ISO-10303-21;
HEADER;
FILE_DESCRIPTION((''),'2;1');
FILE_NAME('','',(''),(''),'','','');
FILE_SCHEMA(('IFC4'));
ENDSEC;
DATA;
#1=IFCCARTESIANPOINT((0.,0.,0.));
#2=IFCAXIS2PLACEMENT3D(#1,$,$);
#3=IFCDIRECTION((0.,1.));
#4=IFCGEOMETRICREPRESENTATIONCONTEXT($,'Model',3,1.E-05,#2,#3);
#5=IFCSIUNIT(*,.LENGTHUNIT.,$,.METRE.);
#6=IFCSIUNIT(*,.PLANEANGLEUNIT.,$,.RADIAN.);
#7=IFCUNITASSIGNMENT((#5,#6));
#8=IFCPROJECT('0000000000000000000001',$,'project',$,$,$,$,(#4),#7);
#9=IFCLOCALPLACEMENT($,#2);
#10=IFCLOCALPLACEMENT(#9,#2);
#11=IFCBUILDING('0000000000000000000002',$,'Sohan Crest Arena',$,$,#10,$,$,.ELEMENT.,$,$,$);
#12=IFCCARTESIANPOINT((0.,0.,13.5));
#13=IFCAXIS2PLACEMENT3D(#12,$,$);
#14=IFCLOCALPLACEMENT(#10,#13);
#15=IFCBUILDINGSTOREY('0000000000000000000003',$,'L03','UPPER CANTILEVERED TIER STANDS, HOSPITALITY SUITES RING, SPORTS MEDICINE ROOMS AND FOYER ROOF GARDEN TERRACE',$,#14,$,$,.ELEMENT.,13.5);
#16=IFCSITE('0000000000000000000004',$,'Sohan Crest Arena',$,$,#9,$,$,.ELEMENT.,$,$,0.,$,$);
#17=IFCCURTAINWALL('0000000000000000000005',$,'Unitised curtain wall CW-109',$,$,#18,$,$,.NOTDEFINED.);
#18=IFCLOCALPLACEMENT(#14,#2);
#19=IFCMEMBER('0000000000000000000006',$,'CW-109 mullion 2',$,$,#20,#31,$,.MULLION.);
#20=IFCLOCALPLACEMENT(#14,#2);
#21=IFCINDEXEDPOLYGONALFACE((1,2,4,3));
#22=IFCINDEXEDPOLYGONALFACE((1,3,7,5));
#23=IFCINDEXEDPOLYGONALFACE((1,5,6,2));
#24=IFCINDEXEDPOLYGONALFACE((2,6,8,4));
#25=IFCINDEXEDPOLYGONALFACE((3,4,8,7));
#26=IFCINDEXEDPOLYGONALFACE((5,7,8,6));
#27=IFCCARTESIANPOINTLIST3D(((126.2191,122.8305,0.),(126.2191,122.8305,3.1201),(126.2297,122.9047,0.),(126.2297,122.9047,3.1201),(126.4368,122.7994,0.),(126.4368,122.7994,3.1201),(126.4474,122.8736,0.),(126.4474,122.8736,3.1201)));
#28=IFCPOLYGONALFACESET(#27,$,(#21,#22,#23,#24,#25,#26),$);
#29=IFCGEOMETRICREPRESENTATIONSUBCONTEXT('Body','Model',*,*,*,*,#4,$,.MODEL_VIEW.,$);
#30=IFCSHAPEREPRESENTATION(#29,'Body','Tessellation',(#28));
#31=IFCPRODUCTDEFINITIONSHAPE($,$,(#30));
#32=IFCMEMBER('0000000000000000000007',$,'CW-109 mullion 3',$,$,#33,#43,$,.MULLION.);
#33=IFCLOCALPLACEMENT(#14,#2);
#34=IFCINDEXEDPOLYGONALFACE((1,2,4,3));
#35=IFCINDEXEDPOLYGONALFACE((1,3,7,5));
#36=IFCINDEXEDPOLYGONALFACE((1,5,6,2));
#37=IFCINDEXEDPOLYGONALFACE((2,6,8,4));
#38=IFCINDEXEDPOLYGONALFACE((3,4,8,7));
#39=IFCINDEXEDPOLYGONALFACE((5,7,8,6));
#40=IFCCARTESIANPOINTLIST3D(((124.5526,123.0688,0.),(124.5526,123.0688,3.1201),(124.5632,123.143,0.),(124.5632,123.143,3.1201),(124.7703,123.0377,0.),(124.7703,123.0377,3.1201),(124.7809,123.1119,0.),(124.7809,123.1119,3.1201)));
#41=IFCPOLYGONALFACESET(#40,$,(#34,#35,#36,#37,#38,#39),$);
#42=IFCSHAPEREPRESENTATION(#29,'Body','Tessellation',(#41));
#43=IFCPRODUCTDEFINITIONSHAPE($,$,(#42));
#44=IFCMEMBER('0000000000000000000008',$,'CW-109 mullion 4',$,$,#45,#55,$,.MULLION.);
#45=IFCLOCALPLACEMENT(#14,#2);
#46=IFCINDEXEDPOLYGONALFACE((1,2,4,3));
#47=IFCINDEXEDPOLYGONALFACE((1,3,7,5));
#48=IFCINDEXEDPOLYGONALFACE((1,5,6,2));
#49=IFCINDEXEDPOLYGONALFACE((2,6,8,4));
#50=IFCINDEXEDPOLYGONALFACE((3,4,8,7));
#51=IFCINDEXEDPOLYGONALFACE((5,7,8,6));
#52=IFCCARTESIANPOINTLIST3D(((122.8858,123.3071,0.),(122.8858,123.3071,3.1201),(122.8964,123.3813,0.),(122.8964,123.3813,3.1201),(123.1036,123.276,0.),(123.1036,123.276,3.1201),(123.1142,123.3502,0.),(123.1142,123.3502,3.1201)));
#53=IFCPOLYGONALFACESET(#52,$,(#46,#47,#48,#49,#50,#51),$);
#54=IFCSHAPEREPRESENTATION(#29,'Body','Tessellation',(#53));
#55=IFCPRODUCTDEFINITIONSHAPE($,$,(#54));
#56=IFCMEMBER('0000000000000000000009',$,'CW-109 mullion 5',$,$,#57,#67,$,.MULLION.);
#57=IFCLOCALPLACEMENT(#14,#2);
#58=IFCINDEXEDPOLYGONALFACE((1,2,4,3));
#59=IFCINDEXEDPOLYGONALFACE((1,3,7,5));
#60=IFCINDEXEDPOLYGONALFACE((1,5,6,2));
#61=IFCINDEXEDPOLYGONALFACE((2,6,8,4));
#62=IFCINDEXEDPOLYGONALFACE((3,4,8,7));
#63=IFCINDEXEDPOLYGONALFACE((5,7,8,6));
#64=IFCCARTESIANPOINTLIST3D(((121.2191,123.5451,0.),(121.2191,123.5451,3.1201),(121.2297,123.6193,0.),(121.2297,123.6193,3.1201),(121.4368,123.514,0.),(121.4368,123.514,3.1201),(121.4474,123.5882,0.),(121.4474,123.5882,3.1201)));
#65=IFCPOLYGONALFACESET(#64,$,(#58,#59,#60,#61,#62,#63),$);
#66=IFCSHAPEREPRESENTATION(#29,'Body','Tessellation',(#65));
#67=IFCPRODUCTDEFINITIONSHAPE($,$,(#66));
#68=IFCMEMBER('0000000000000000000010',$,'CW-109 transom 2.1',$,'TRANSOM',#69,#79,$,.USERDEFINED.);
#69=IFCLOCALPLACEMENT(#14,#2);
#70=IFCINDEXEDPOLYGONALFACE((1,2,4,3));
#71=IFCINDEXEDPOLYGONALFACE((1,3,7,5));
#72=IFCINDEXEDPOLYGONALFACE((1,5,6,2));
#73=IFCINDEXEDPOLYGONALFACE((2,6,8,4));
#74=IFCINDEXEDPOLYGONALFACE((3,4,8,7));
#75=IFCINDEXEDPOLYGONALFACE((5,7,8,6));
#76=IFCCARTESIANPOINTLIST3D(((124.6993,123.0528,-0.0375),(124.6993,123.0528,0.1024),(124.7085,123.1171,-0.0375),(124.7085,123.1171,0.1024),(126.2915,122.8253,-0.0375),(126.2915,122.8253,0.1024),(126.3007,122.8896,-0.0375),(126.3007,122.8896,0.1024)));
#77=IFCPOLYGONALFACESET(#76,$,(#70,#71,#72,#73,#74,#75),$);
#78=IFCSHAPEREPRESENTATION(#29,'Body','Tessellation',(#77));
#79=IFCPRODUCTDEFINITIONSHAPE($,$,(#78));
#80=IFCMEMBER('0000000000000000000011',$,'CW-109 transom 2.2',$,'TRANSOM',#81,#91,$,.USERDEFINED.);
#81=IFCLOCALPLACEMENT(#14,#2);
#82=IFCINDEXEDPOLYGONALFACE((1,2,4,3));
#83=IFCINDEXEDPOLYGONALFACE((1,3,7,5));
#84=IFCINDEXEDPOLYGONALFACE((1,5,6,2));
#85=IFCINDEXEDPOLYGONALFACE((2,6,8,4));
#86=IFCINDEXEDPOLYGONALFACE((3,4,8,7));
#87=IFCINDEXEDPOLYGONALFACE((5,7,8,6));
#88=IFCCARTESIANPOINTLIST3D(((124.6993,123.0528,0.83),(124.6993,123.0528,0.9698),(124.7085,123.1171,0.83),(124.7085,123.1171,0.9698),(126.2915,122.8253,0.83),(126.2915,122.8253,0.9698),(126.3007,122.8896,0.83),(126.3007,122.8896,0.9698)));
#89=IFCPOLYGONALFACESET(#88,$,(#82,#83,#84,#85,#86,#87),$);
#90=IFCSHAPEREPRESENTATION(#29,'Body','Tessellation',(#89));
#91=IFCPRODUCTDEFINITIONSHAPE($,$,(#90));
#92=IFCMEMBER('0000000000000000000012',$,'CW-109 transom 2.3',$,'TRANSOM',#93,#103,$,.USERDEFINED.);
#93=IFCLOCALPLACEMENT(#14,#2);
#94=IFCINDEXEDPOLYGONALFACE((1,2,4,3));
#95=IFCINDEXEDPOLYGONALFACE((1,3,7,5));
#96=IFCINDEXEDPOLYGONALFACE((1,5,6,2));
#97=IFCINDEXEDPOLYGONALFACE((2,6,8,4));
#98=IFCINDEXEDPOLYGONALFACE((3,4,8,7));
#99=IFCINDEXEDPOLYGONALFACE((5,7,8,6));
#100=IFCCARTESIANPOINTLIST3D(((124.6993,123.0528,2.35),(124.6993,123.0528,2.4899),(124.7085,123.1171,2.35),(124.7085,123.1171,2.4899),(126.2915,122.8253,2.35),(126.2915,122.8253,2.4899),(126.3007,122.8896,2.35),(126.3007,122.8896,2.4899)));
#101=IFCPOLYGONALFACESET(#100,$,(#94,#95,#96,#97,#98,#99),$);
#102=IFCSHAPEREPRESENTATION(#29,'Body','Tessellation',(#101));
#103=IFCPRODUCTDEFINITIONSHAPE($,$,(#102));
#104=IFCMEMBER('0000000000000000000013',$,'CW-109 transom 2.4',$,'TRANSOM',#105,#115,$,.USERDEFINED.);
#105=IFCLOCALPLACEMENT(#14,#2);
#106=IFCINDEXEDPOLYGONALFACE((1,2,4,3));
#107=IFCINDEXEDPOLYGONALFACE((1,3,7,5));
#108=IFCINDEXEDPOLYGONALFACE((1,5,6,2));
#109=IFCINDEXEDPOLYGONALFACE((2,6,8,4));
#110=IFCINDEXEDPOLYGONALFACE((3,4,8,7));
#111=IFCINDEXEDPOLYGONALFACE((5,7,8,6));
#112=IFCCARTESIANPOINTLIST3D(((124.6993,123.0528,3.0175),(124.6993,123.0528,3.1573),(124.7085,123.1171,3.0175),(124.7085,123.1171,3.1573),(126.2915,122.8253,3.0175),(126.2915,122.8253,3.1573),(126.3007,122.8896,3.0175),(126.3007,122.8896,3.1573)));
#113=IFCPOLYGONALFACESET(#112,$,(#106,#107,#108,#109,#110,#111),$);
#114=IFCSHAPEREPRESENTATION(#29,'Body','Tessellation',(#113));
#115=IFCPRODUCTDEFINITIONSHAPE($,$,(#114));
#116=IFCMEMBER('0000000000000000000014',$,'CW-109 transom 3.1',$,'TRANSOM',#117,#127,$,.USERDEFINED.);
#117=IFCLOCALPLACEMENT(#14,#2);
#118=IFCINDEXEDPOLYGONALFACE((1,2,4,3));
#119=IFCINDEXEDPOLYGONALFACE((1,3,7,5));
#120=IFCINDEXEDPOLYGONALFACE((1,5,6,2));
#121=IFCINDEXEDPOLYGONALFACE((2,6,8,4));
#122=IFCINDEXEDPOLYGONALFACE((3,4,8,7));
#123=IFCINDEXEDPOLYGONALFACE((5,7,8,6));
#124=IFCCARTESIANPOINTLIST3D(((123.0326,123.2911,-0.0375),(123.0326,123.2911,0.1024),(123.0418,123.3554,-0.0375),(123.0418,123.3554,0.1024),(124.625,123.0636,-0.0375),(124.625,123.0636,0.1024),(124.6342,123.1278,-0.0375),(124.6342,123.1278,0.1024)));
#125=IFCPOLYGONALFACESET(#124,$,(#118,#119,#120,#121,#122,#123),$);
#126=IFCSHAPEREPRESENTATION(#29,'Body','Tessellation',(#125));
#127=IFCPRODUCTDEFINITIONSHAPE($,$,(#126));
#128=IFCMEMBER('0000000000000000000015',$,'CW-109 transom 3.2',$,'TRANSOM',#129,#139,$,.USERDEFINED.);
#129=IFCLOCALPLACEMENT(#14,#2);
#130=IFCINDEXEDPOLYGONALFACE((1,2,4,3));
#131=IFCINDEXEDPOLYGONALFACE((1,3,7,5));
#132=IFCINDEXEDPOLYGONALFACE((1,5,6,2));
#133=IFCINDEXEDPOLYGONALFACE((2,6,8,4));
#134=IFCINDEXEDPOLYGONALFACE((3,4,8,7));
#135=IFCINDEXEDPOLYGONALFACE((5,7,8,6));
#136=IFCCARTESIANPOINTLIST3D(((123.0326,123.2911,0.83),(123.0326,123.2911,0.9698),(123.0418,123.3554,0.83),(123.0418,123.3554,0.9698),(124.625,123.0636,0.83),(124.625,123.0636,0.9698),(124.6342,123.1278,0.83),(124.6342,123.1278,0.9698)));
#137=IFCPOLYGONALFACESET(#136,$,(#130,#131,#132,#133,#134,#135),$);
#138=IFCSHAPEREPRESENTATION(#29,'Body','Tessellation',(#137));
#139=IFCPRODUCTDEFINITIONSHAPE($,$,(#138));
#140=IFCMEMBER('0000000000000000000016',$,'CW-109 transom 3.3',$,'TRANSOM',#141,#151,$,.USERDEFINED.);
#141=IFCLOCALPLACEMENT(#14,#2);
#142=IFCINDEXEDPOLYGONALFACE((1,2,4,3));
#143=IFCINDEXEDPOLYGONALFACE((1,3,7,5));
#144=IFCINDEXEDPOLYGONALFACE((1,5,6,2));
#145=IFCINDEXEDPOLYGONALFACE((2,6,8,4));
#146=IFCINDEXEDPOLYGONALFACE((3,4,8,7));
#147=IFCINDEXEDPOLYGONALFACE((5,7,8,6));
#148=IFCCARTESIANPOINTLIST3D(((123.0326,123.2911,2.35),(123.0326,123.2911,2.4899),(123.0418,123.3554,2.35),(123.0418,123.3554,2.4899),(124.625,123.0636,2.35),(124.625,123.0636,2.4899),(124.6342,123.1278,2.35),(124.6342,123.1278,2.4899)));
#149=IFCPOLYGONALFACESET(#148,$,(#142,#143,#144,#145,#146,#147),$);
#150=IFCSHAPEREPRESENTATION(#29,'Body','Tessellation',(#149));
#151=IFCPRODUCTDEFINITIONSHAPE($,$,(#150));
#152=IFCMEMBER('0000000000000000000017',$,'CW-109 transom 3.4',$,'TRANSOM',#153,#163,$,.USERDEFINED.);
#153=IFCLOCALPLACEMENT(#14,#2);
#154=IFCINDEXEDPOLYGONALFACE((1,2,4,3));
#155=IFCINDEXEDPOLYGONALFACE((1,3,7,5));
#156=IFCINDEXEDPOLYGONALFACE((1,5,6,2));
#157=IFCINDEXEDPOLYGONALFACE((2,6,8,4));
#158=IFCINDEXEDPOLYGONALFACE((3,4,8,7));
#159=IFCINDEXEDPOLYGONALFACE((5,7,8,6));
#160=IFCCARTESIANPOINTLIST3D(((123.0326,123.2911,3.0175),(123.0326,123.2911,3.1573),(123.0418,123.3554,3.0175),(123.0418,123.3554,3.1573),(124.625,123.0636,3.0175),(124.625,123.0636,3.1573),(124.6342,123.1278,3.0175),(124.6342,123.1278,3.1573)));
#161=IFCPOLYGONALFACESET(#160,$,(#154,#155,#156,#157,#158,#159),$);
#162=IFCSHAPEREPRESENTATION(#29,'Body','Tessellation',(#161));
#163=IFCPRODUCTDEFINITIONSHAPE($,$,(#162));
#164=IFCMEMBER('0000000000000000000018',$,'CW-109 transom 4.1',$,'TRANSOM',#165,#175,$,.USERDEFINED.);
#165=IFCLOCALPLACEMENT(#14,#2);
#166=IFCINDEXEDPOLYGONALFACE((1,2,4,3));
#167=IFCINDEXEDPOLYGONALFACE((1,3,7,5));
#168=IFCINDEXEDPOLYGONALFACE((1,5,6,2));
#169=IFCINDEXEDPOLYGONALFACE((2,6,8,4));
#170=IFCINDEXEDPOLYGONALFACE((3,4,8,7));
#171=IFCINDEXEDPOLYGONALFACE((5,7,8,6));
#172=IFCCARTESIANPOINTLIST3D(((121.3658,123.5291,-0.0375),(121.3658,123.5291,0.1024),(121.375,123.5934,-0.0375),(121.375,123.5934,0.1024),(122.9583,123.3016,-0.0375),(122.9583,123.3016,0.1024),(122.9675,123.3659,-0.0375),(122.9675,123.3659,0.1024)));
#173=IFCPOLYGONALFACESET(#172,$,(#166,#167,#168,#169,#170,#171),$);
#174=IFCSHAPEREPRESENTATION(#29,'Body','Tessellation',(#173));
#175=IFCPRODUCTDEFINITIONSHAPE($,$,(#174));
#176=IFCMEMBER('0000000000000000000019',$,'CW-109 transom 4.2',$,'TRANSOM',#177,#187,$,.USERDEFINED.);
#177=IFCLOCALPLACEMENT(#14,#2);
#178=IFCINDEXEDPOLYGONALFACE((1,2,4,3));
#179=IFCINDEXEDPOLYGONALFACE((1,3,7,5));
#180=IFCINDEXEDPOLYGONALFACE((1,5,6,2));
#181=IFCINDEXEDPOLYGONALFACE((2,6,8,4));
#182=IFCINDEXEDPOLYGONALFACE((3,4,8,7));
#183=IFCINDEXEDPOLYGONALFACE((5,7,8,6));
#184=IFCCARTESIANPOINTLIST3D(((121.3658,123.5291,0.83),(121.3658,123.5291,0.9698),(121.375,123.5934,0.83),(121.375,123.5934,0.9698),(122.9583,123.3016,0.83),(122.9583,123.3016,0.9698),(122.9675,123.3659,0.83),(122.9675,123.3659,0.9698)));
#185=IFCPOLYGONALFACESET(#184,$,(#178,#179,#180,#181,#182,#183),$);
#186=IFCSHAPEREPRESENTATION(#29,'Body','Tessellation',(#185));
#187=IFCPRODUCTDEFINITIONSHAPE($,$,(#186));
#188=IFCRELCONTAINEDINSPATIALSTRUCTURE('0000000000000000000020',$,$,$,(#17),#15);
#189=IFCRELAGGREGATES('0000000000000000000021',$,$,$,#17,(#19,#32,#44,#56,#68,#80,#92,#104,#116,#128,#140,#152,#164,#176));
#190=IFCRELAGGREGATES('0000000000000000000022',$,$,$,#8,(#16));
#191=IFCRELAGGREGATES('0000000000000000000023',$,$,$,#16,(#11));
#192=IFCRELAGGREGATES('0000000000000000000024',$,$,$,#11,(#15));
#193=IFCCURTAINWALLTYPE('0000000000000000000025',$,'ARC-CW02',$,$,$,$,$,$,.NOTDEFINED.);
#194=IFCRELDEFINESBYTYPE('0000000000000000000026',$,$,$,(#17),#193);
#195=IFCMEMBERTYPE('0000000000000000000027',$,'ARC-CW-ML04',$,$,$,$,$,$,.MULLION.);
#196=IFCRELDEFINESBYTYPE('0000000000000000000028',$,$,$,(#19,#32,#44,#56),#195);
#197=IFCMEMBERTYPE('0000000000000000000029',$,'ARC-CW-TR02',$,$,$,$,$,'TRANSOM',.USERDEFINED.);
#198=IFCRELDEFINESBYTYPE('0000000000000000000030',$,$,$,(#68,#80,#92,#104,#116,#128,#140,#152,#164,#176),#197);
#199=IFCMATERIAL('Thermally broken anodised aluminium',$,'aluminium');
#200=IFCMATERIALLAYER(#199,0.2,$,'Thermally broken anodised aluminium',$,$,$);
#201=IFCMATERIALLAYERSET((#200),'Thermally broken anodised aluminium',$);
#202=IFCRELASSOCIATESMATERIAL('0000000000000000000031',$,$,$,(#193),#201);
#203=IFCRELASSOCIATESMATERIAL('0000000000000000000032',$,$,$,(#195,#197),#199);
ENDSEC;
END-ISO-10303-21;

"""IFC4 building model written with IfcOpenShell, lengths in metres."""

from ifc_helpers import new_model, si_unit, direction, frame, origin, origin_2d, place, context, subcontext, project, spatial, rectangle, extrude, material, layer, layer_set, material_profile, profile_set, type_object, element, aggregate, save


model = new_model("IFC4")

# Units and contexts
model_context = context("Model", 3, precision=1e-05, world=origin(), true_north=direction((0.0, 1.0)))
body_context = subcontext(model_context, "Body", "Model", "MODEL_VIEW")
ifc_project = project(units=[si_unit("LENGTHUNIT", "METRE"), si_unit("PLANEANGLEUNIT", "RADIAN")], contexts=[model_context])

# Site, building, storey
site_placement = place(None, origin())
site = spatial("IfcSite", under=ifc_project, at=site_placement, Name="Sohan Crest Arena", CompositionType="ELEMENT", RefElevation=0.0)
building_placement = place(site_placement, origin())
building = spatial("IfcBuilding", under=site, at=building_placement, Name="Sohan Crest Arena", CompositionType="ELEMENT")
storey_placement = place(building_placement, frame((0.0, 0.0, 13.5)))
storey = spatial("IfcBuildingStorey", under=building, at=storey_placement, Name="L03", Description="UPPER CANTILEVERED TIER STANDS, HOSPITALITY SUITES RING, SPORTS MEDICINE ROOMS AND FOYER ROOF GARDEN TERRACE", CompositionType="ELEMENT", Elevation=13.5)

# Curtain wall, members
ifc_material_1 = material(Name="Thermally broken anodised aluminium", Category="aluminium")
ifc_layer_1 = layer(ifc_material_1, 0.2, Name="Thermally broken anodised aluminium")
ifc_layer_set_1 = layer_set([ifc_layer_1], Name="Thermally broken anodised aluminium")
curtain_wall_type = type_object("IfcCurtainWallType", Name="ARC-CW02", PredefinedType="NOTDEFINED", material=ifc_layer_set_1)
curtain_wall_placement = place(storey_placement, origin())
curtain_wall = element("IfcCurtainWall", 1, at=curtain_wall_placement, inside=storey, type_object=curtain_wall_type, Name="Unitised curtain wall CW-109", PredefinedType="NOTDEFINED")
ifc_material_profile_1 = material_profile(ifc_material_1, rectangle(XDim=0.075, YDim=0.22, at=origin_2d()), Name="ALU-MULL 75x220")
ifc_profile_set_1 = profile_set([ifc_material_profile_1], Name="Thermally broken anodised aluminium")
member_type_1 = type_object("IfcMemberType", Name="ARC-CW-ML04", PredefinedType="MULLION", material=ifc_profile_set_1)
member_1_placement = place(storey_placement, frame((126.3333, 122.8521, 0.0), z_axis=(0.0, 0.0, 1.0), x_axis=(-0.141463, -0.989944, 0.0)))
member_1 = element("IfcMember", 2, at=member_1_placement, type_object=member_type_1, Name="CW-109 mullion 2", PredefinedType="MULLION", context=body_context, shape_type="SweptSolid", body=[
    extrude(rectangle(XDim=0.075, YDim=0.22, at=origin_2d()), origin(), (0.0, 0.0, 1.0), 3.1201),
])
member_2_placement = place(storey_placement, frame((124.6667, 123.0903, 0.0), z_axis=(0.0, 0.0, 1.0), x_axis=(-0.141463, -0.989944, 0.0)))
member_2 = element("IfcMember", 3, at=member_2_placement, type_object=member_type_1, Name="CW-109 mullion 3", PredefinedType="MULLION", context=body_context, shape_type="SweptSolid", body=[
    extrude(rectangle(XDim=0.075, YDim=0.22, at=origin_2d()), origin(), (0.0, 0.0, 1.0), 3.1201),
])
member_3_placement = place(storey_placement, frame((123.0, 123.3286, 0.0), z_axis=(0.0, 0.0, 1.0), x_axis=(-0.141463, -0.989944, 0.0)))
member_3 = element("IfcMember", 4, at=member_3_placement, type_object=member_type_1, Name="CW-109 mullion 4", PredefinedType="MULLION", context=body_context, shape_type="SweptSolid", body=[
    extrude(rectangle(XDim=0.075, YDim=0.22, at=origin_2d()), origin(), (0.0, 0.0, 1.0), 3.1201),
])
member_4_placement = place(storey_placement, frame((121.3333, 123.5667, 0.0), z_axis=(0.0, 0.0, 1.0), x_axis=(-0.141463, -0.989944, 0.0)))
member_4 = element("IfcMember", 5, at=member_4_placement, type_object=member_type_1, Name="CW-109 mullion 5", PredefinedType="MULLION", context=body_context, shape_type="SweptSolid", body=[
    extrude(rectangle(XDim=0.075, YDim=0.22, at=origin_2d()), origin(), (0.0, 0.0, 1.0), 3.1201),
])
ifc_material_profile_2 = material_profile(ifc_material_1, rectangle(XDim=0.0649, YDim=0.1399, at=origin_2d()), Name="ALU-TRAN 65x140")
ifc_profile_set_2 = profile_set([ifc_material_profile_2], Name="Thermally broken anodised aluminium")
member_type_2 = type_object("IfcMemberType", Name="ARC-CW-TR02", ElementType="TRANSOM", PredefinedType="USERDEFINED", material=ifc_profile_set_2)
member_5_placement = place(storey_placement, frame((126.2961, 122.8574, 0.0325), z_axis=(-0.989943, 0.141464, 0.0), x_axis=(-0.141464, -0.989943, 0.0)))
member_5 = element("IfcMember", 6, at=member_5_placement, type_object=member_type_2, Name="CW-109 transom 2.1", ObjectType="TRANSOM", PredefinedType="USERDEFINED", context=body_context, shape_type="SweptSolid", body=[
    extrude(rectangle(XDim=0.0649, YDim=0.1399, at=origin_2d()), origin(), (0.0, 0.0, 1.0), 1.6084),
])
member_6_placement = place(storey_placement, frame((126.2961, 122.8574, 0.8999), z_axis=(-0.989943, 0.141464, 0.0), x_axis=(-0.141464, -0.989943, 0.0)))
member_6 = element("IfcMember", 7, at=member_6_placement, type_object=member_type_2, Name="CW-109 transom 2.2", ObjectType="TRANSOM", PredefinedType="USERDEFINED", context=body_context, shape_type="SweptSolid", body=[
    extrude(rectangle(XDim=0.0649, YDim=0.1399, at=origin_2d()), origin(), (0.0, 0.0, 1.0), 1.6084),
])
member_7_placement = place(storey_placement, frame((126.2961, 122.8574, 2.4199), z_axis=(-0.989943, 0.141464, 0.0), x_axis=(-0.141464, -0.989943, 0.0)))
member_7 = element("IfcMember", 8, at=member_7_placement, type_object=member_type_2, Name="CW-109 transom 2.3", ObjectType="TRANSOM", PredefinedType="USERDEFINED", context=body_context, shape_type="SweptSolid", body=[
    extrude(rectangle(XDim=0.0649, YDim=0.1399, at=origin_2d()), origin(), (0.0, 0.0, 1.0), 1.6084),
])
member_8_placement = place(storey_placement, frame((126.2961, 122.8574, 3.0874), z_axis=(-0.989943, 0.141464, 0.0), x_axis=(-0.141464, -0.989943, 0.0)))
member_8 = element("IfcMember", 9, at=member_8_placement, type_object=member_type_2, Name="CW-109 transom 2.4", ObjectType="TRANSOM", PredefinedType="USERDEFINED", context=body_context, shape_type="SweptSolid", body=[
    extrude(rectangle(XDim=0.0649, YDim=0.1399, at=origin_2d()), origin(), (0.0, 0.0, 1.0), 1.6084),
])
member_9_placement = place(storey_placement, frame((124.6296, 123.0957, 0.0325), z_axis=(-0.989946, 0.141443, 0.0), x_axis=(-0.141443, -0.989946, 0.0)))
member_9 = element("IfcMember", 10, at=member_9_placement, type_object=member_type_2, Name="CW-109 transom 3.1", ObjectType="TRANSOM", PredefinedType="USERDEFINED", context=body_context, shape_type="SweptSolid", body=[
    extrude(rectangle(XDim=0.0649, YDim=0.1399, at=origin_2d()), origin(), (0.0, 0.0, 1.0), 1.6086),
])
member_10_placement = place(storey_placement, frame((124.6296, 123.0957, 0.8999), z_axis=(-0.989946, 0.141443, 0.0), x_axis=(-0.141443, -0.989946, 0.0)))
member_10 = element("IfcMember", 11, at=member_10_placement, type_object=member_type_2, Name="CW-109 transom 3.2", ObjectType="TRANSOM", PredefinedType="USERDEFINED", context=body_context, shape_type="SweptSolid", body=[
    extrude(rectangle(XDim=0.0649, YDim=0.1399, at=origin_2d()), origin(), (0.0, 0.0, 1.0), 1.6086),
])
member_11_placement = place(storey_placement, frame((124.6296, 123.0957, 2.4199), z_axis=(-0.989946, 0.141443, 0.0), x_axis=(-0.141443, -0.989946, 0.0)))
member_11 = element("IfcMember", 12, at=member_11_placement, type_object=member_type_2, Name="CW-109 transom 3.3", ObjectType="TRANSOM", PredefinedType="USERDEFINED", context=body_context, shape_type="SweptSolid", body=[
    extrude(rectangle(XDim=0.0649, YDim=0.1399, at=origin_2d()), origin(), (0.0, 0.0, 1.0), 1.6086),
])
member_12_placement = place(storey_placement, frame((124.6296, 123.0957, 3.0874), z_axis=(-0.989946, 0.141443, 0.0), x_axis=(-0.141443, -0.989946, 0.0)))
member_12 = element("IfcMember", 13, at=member_12_placement, type_object=member_type_2, Name="CW-109 transom 3.4", ObjectType="TRANSOM", PredefinedType="USERDEFINED", context=body_context, shape_type="SweptSolid", body=[
    extrude(rectangle(XDim=0.0649, YDim=0.1399, at=origin_2d()), origin(), (0.0, 0.0, 1.0), 1.6086),
])
member_13_placement = place(storey_placement, frame((122.9629, 123.3337, 0.0325), z_axis=(-0.989946, 0.141443, 0.0), x_axis=(-0.141443, -0.989946, 0.0)))
member_13 = element("IfcMember", 14, at=member_13_placement, type_object=member_type_2, Name="CW-109 transom 4.1", ObjectType="TRANSOM", PredefinedType="USERDEFINED", context=body_context, shape_type="SweptSolid", body=[
    extrude(rectangle(XDim=0.0649, YDim=0.1399, at=origin_2d()), origin(), (0.0, 0.0, 1.0), 1.6086),
])
member_14_placement = place(storey_placement, frame((122.9629, 123.3337, 0.8999), z_axis=(-0.989946, 0.141443, 0.0), x_axis=(-0.141443, -0.989946, 0.0)))
member_14 = element("IfcMember", 15, at=member_14_placement, type_object=member_type_2, Name="CW-109 transom 4.2", ObjectType="TRANSOM", PredefinedType="USERDEFINED", context=body_context, shape_type="SweptSolid", body=[
    extrude(rectangle(XDim=0.0649, YDim=0.1399, at=origin_2d()), origin(), (0.0, 0.0, 1.0), 1.6086),
])
aggregate(curtain_wall, [member_1, member_2, member_3, member_4, member_5, member_6, member_7, member_8, member_9, member_10, member_11, member_12, member_13, member_14])

save(model, "model.ifc")
